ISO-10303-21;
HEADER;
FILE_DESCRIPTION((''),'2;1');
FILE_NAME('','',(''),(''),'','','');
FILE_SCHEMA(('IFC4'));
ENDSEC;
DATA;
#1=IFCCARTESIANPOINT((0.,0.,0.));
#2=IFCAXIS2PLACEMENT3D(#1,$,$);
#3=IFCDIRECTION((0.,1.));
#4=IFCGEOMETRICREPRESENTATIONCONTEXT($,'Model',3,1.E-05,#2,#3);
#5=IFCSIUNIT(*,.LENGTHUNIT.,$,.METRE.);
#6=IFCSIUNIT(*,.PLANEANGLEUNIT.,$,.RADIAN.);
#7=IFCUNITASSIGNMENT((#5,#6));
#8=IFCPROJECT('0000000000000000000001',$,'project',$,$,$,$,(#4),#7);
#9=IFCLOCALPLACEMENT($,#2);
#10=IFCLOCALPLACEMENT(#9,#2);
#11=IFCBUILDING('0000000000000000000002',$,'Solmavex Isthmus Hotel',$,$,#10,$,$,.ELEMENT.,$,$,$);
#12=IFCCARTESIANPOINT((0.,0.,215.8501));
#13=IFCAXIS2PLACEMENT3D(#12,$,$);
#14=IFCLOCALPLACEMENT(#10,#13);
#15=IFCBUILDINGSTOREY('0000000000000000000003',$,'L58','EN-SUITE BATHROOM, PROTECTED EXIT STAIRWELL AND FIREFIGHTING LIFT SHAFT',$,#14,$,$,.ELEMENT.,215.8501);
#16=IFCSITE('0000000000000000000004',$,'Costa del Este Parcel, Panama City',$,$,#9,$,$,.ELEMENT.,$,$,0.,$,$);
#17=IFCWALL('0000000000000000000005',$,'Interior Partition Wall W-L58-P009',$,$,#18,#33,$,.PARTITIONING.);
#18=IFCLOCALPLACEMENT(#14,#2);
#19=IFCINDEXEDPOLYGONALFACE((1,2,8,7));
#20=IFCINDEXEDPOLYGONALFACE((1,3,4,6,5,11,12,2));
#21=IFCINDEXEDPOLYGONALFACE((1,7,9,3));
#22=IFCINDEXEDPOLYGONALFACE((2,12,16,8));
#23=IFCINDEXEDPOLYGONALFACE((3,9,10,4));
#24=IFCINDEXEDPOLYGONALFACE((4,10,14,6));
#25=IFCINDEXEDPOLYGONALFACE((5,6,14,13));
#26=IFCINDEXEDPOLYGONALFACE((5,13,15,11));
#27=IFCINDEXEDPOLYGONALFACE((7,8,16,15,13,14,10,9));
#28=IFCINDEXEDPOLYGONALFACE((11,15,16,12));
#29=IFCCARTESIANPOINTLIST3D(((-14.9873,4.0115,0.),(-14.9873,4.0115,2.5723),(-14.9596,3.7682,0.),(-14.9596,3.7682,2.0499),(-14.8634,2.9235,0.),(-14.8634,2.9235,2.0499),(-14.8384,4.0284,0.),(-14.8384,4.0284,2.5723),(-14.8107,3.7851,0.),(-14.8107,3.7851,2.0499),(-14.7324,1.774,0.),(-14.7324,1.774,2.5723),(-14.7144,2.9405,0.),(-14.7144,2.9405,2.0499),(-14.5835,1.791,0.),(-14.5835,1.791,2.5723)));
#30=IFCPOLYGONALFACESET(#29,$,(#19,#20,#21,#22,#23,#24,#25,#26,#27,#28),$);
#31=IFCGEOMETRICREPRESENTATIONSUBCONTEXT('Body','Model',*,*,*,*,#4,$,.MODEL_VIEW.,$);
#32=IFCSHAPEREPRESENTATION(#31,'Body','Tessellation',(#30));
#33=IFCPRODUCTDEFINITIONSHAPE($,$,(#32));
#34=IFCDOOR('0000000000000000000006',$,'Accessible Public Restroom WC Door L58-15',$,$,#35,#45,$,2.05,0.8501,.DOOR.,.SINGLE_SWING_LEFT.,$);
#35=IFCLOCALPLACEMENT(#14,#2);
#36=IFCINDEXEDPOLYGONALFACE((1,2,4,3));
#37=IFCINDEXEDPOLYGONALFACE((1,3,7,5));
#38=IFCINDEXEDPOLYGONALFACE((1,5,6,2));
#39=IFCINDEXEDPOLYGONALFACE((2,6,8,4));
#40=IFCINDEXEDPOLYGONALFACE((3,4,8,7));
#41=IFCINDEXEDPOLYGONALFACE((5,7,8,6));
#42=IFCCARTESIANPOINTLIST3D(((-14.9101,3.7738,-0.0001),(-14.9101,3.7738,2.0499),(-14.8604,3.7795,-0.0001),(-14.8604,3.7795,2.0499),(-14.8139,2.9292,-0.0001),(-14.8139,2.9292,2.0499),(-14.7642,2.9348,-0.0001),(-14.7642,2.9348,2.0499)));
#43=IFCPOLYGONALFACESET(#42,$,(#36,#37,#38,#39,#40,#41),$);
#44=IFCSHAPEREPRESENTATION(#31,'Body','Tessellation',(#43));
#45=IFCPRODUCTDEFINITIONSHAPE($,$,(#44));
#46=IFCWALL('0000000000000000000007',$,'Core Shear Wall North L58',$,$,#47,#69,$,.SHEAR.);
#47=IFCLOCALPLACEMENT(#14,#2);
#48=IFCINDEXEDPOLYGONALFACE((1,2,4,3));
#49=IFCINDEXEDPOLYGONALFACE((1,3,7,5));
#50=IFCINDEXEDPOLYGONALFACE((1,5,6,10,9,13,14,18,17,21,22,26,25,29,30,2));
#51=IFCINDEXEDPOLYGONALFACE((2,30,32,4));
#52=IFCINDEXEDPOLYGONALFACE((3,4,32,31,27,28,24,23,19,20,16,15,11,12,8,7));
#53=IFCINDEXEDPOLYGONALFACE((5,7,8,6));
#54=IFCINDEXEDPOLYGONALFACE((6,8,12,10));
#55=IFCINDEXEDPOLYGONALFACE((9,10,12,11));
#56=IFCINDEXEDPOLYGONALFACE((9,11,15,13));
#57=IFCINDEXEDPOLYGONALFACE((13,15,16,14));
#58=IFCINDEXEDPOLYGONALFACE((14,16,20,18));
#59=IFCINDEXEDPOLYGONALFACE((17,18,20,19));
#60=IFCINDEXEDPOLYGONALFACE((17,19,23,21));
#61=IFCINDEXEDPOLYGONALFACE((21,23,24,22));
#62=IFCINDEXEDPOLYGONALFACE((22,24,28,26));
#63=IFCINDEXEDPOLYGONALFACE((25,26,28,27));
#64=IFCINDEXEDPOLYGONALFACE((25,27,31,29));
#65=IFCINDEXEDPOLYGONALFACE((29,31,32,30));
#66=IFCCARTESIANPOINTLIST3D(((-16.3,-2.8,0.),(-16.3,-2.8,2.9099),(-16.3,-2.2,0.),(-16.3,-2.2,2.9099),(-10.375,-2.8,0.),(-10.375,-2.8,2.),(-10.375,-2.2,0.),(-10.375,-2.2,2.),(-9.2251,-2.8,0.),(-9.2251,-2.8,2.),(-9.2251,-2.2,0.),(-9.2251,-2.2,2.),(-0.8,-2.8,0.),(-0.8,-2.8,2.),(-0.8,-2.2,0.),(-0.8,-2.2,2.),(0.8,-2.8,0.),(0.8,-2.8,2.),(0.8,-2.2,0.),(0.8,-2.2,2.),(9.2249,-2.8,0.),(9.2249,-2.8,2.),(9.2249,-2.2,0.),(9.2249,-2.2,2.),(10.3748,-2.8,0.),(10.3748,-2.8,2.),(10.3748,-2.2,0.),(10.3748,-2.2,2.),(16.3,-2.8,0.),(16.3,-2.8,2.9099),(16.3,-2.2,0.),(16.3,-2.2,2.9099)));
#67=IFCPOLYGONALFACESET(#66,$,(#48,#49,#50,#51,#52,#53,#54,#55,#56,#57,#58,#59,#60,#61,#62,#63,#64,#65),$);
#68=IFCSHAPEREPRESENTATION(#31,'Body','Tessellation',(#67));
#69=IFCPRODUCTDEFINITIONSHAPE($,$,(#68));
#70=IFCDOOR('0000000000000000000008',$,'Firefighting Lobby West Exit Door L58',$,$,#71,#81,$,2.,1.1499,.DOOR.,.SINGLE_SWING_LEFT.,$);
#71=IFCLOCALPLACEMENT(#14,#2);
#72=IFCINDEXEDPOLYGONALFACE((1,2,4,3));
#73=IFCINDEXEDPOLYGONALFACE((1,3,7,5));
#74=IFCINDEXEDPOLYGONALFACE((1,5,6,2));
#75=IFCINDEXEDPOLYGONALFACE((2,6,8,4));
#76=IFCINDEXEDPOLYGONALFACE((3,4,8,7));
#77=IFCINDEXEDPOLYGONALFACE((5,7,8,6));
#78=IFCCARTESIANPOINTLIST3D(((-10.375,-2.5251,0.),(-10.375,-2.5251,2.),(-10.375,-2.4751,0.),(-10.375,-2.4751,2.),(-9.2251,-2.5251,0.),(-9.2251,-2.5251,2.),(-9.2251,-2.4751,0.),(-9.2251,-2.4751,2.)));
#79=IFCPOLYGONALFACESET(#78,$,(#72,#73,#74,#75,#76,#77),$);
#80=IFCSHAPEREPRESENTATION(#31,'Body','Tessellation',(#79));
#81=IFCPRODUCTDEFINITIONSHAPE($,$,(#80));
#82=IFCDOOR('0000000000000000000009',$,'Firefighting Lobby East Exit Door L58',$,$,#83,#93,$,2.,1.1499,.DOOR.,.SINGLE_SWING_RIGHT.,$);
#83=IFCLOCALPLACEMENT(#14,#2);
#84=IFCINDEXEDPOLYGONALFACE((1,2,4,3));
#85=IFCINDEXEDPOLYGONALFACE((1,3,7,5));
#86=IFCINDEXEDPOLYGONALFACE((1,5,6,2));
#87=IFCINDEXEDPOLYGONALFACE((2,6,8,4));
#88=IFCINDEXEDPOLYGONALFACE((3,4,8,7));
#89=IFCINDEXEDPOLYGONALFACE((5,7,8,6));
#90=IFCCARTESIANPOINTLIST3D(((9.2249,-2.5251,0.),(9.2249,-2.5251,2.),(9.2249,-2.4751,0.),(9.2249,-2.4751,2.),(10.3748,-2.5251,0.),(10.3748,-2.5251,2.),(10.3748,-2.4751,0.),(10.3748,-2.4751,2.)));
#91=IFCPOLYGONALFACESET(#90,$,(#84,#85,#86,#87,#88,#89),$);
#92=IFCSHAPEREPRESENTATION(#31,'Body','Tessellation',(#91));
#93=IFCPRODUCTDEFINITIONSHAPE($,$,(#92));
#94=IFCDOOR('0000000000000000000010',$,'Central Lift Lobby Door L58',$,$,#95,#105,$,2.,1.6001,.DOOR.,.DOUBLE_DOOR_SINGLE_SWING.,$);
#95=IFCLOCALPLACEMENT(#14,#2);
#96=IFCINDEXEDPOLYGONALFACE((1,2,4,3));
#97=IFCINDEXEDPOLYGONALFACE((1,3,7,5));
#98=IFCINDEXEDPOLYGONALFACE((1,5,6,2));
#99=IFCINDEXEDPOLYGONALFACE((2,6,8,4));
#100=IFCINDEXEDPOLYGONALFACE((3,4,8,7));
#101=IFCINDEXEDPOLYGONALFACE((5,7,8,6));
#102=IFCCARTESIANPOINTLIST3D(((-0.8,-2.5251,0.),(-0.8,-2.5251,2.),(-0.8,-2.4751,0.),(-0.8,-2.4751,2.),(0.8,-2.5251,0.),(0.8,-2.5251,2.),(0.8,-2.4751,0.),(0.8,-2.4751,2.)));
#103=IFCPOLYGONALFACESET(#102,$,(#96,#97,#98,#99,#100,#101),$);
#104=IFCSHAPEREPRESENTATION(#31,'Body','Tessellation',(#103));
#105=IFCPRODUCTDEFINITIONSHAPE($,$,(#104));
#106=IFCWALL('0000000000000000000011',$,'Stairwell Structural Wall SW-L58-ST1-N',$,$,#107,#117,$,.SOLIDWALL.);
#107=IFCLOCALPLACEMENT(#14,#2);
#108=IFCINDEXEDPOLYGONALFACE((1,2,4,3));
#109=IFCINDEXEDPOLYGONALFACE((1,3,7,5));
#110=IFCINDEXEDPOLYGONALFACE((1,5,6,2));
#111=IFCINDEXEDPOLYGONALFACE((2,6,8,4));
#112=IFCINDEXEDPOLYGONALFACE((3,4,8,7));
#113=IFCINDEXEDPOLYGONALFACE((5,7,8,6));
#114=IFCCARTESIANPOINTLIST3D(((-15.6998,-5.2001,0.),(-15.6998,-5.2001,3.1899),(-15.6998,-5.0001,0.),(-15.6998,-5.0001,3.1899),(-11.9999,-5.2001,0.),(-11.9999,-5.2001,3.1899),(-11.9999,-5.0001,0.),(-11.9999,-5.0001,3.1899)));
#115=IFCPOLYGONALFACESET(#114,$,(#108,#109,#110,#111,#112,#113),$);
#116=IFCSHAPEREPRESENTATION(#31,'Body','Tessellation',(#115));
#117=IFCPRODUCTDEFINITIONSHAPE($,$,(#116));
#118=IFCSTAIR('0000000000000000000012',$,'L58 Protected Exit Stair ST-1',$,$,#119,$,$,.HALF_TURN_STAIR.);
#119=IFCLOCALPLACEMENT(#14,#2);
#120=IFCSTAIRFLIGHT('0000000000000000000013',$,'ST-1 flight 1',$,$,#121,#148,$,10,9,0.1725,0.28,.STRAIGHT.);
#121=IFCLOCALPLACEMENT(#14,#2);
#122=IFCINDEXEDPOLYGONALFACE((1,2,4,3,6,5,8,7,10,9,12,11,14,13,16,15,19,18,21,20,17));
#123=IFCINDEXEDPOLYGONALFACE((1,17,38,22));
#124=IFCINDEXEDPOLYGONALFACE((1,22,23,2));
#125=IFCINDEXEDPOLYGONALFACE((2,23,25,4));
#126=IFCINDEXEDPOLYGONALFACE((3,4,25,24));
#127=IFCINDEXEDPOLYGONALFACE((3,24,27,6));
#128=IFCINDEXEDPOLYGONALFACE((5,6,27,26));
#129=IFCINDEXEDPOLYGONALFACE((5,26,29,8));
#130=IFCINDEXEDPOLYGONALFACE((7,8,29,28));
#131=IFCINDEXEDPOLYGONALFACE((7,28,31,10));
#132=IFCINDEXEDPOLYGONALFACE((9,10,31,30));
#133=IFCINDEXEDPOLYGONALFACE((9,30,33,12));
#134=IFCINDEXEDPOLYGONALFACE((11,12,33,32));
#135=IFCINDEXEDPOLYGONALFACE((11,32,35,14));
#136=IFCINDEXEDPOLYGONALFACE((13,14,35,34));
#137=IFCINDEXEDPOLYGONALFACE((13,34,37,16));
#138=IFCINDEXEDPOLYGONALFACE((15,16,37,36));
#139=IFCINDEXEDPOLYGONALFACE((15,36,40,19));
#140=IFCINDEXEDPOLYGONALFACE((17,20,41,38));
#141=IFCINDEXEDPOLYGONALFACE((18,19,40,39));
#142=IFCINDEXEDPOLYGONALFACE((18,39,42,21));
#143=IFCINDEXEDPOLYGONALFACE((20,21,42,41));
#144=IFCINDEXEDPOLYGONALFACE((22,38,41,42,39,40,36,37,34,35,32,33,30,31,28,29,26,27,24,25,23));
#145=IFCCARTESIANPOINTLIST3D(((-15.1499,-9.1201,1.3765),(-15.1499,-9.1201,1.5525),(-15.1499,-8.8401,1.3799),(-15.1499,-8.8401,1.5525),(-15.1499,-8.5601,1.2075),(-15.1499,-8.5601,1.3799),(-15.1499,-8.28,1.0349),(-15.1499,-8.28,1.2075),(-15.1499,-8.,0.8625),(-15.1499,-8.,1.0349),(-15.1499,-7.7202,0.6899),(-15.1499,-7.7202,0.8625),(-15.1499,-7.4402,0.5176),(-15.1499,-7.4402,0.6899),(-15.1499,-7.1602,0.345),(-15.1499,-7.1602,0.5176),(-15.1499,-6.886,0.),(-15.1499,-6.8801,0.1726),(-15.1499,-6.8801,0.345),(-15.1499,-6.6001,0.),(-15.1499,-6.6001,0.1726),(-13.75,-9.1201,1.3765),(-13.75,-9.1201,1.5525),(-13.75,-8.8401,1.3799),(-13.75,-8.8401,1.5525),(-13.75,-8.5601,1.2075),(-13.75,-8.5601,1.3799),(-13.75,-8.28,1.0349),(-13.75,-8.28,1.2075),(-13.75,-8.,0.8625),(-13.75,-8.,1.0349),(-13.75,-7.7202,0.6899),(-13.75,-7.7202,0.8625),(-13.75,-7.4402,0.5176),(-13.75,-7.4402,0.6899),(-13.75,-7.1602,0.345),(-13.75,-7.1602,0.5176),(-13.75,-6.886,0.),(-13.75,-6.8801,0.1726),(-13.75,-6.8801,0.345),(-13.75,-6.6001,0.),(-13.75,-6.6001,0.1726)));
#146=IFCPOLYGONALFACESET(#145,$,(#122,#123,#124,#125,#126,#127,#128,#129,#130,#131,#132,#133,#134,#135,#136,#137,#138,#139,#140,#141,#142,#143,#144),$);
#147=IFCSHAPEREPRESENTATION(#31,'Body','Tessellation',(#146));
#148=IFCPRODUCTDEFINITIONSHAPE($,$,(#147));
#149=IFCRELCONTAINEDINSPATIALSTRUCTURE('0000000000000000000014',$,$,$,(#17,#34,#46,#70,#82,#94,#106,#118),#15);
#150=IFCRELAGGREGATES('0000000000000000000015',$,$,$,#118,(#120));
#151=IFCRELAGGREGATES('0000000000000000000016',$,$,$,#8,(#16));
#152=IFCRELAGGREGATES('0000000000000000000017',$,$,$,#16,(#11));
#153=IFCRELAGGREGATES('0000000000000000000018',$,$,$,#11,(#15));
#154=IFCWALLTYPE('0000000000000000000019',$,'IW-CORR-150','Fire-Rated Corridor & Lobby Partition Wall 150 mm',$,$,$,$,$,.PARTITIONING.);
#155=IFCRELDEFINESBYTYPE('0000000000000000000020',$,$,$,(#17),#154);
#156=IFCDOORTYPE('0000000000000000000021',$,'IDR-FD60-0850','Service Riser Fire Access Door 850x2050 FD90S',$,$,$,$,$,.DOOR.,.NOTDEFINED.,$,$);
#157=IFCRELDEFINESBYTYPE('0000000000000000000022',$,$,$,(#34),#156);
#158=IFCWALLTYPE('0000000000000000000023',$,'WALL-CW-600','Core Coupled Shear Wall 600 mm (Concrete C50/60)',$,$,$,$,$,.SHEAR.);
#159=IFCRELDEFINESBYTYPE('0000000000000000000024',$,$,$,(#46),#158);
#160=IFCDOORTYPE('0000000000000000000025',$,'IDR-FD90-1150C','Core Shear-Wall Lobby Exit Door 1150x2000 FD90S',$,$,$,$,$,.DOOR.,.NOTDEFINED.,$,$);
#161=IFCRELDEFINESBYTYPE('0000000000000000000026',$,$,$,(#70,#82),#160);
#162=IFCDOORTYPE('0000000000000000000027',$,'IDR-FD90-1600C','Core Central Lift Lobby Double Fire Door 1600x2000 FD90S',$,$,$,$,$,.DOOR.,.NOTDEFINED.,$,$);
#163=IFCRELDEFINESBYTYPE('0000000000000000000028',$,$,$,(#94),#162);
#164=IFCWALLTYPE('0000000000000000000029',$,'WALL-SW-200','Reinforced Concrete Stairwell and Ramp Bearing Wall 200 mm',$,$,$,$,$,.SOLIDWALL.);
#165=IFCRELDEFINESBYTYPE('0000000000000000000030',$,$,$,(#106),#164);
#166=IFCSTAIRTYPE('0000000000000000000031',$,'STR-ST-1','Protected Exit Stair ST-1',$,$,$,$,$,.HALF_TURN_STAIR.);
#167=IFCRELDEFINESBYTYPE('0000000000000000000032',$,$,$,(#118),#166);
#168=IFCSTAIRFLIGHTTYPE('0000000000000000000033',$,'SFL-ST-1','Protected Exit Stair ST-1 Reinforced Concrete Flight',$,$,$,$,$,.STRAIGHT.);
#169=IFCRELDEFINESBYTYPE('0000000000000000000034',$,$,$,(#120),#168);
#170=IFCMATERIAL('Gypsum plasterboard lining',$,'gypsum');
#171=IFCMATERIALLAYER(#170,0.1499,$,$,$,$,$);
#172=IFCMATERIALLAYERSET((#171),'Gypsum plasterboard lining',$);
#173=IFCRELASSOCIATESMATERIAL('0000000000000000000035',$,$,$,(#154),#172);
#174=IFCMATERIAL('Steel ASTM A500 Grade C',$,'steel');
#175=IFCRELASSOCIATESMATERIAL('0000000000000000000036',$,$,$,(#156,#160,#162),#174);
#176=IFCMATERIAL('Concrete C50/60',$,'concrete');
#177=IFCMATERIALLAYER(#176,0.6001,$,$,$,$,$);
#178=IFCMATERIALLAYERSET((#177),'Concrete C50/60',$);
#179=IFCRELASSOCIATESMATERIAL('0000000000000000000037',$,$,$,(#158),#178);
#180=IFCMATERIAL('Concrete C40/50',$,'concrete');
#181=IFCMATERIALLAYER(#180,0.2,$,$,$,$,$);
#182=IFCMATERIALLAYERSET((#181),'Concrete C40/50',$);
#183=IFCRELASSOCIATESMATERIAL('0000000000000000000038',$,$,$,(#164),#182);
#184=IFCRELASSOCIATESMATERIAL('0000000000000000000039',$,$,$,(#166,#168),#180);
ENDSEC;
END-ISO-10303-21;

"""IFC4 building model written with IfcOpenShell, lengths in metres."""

from ifc_helpers import new_model, si_unit, direction, frame, frame_2d, origin, place, context, subcontext, project, spatial, polyline, rectangle, outline, extrude, material, layer, layer_set, type_object, element, fill, aggregate, save


model = new_model("IFC4")

# Units and contexts
model_context = context("Model", 3, precision=1e-05, world=origin(), true_north=direction((0.0, 1.0)))
body_context = subcontext(model_context, "Body", "Model", "MODEL_VIEW")
ifc_project = project(units=[si_unit("LENGTHUNIT", "METRE"), si_unit("PLANEANGLEUNIT", "RADIAN")], contexts=[model_context])

# Site, building, storey
site_placement = place(None, origin())
site = spatial("IfcSite", under=ifc_project, at=site_placement, Name="Costa del Este Parcel, Panama City", CompositionType="ELEMENT", RefElevation=0.0)
building_placement = place(site_placement, origin())
building = spatial("IfcBuilding", under=site, at=building_placement, Name="Solmavex Isthmus Hotel", CompositionType="ELEMENT")
storey_placement = place(building_placement, frame((0.0, 0.0, 215.8501)))
storey = spatial("IfcBuildingStorey", under=building, at=storey_placement, Name="L58", Description="EN-SUITE BATHROOM, PROTECTED EXIT STAIRWELL AND FIREFIGHTING LIFT SHAFT", CompositionType="ELEMENT", Elevation=215.8501)

# Shared definitions
ifc_material_1 = material(Name="Concrete C50/60", Category="concrete")

# Shared definitions
ifc_material_2 = material(Name="Gypsum plasterboard lining", Category="gypsum")

# Wall, opening, door
ifc_layer_1 = layer(ifc_material_2, 0.1499)
ifc_layer_set_1 = layer_set([ifc_layer_1], Name="Gypsum plasterboard lining")
wall_type_1 = type_object("IfcWallType", Name="IW-CORR-150", Description="Fire-Rated Corridor & Lobby Partition Wall 150 mm", PredefinedType="PARTITIONING", material=ifc_layer_set_1)
wall_1_placement = place(storey_placement, frame((-14.658, 1.7825, 0.0), z_axis=(0.0, 0.0, 1.0), x_axis=(-0.11318, 0.993575, 0.0)))
wall_1 = element("IfcWall", 1, at=wall_1_placement, inside=storey, type_object=wall_type_1, Name="Interior Partition Wall W-L58-P009", PredefinedType="PARTITIONING", context=body_context, shape_type="SweptSolid", body=[
    extrude(rectangle(XDim=2.252, YDim=0.1499, at=frame_2d((1.126, 0.0))), origin(), (0.0, 0.0, 1.0), 2.5723),
])
opening_1_placement = place(wall_1_placement, frame((1.157, 0.0, 0.0)))
opening_1 = element("IfcOpeningElement", 2, at=opening_1_placement, cuts=wall_1, PredefinedType="OPENING", context=body_context, shape_type="SweptSolid", body=[
    extrude(rectangle(XDim=0.8501, YDim=2.05, at=frame_2d((0.425, 1.0249))), frame((0.0, 0.085, 0.0), z_axis=(0.0, -1.0, 0.0), x_axis=(1.0, 0.0, 0.0)), (0.0, 0.0, 1.0), 0.1699),
])
ifc_material_3 = material(Name="Steel ASTM A500 Grade C", Category="steel")
door_type_1 = type_object("IfcDoorType", Name="IDR-FD60-0850", Description="Service Riser Fire Access Door 850x2050 FD90S", OperationType="NOTDEFINED", PredefinedType="DOOR", material=ifc_material_3)
door_1_placement = place(opening_1_placement, frame((0.8501, 0.0, 0.0), z_axis=(0.0, 0.0, 1.0), x_axis=(-1.0, 0.0, 0.0)))
door_1 = element("IfcDoor", 3, at=door_1_placement, inside=storey, type_object=door_type_1, Name="Accessible Public Restroom WC Door L58-15", OperationType="SINGLE_SWING_LEFT", OverallHeight=2.05, OverallWidth=0.8501, PredefinedType="DOOR", context=body_context, shape_type="SweptSolid", body=[
    extrude(rectangle(XDim=0.8501, YDim=2.05, at=frame_2d((0.425, 1.0249))), frame((0.0, 0.0249, 0.0), z_axis=(0.0, -1.0, 0.0), x_axis=(1.0, 0.0, 0.0)), (0.0, 0.0, 1.0), 0.05),
])
fill(opening_1, door_1)

# Wall, openings, doors
ifc_layer_2 = layer(ifc_material_1, 0.6001)
ifc_layer_set_2 = layer_set([ifc_layer_2], Name="Concrete C50/60")
wall_type_2 = type_object("IfcWallType", Name="WALL-CW-600", Description="Core Coupled Shear Wall 600 mm (Concrete C50/60)", PredefinedType="SHEAR", material=ifc_layer_set_2)
wall_2_placement = place(storey_placement, frame((-16.3, -2.5, 0.0), z_axis=(0.0, 0.0, 1.0), x_axis=(1.0, 0.0, 0.0)))
wall_2 = element("IfcWall", 4, at=wall_2_placement, inside=storey, type_object=wall_type_2, Name="Core Shear Wall North L58", PredefinedType="SHEAR", context=body_context, shape_type="SweptSolid", body=[
    extrude(rectangle(XDim=32.6001, YDim=0.6001, at=frame_2d((16.3, 0.0))), origin(), (0.0, 0.0, 1.0), 2.9099),
])
opening_2_placement = place(wall_2_placement, frame((5.925, 0.0, 0.0)))
opening_2 = element("IfcOpeningElement", 5, at=opening_2_placement, cuts=wall_2, PredefinedType="OPENING", context=body_context, shape_type="SweptSolid", body=[
    extrude(rectangle(XDim=1.1499, YDim=2.0, at=frame_2d((0.575, 1.0))), frame((0.0, 0.3101, 0.0), z_axis=(0.0, -1.0, 0.0), x_axis=(1.0, 0.0, 0.0)), (0.0, 0.0, 1.0), 0.6201),
])
opening_3_placement = place(wall_2_placement, frame((15.5, 0.0, 0.0)))
opening_3 = element("IfcOpeningElement", 6, at=opening_3_placement, cuts=wall_2, PredefinedType="OPENING", context=body_context, shape_type="SweptSolid", body=[
    extrude(rectangle(XDim=1.6001, YDim=2.0, at=frame_2d((0.8, 1.0))), frame((0.0, 0.3101, 0.0), z_axis=(0.0, -1.0, 0.0), x_axis=(1.0, 0.0, 0.0)), (0.0, 0.0, 1.0), 0.6201),
])
opening_4_placement = place(wall_2_placement, frame((25.5249, 0.0, 0.0)))
opening_4 = element("IfcOpeningElement", 7, at=opening_4_placement, cuts=wall_2, PredefinedType="OPENING", context=body_context, shape_type="SweptSolid", body=[
    extrude(rectangle(XDim=1.1499, YDim=2.0, at=frame_2d((0.575, 1.0))), frame((0.0, 0.3101, 0.0), z_axis=(0.0, -1.0, 0.0), x_axis=(1.0, 0.0, 0.0)), (0.0, 0.0, 1.0), 0.6201),
])
door_type_2 = type_object("IfcDoorType", Name="IDR-FD90-1150C", Description="Core Shear-Wall Lobby Exit Door 1150x2000 FD90S", OperationType="NOTDEFINED", PredefinedType="DOOR", material=ifc_material_3)
door_2_placement = place(opening_2_placement, origin())
door_2 = element("IfcDoor", 8, at=door_2_placement, inside=storey, type_object=door_type_2, Name="Firefighting Lobby West Exit Door L58", OperationType="SINGLE_SWING_LEFT", OverallHeight=2.0, OverallWidth=1.1499, PredefinedType="DOOR", context=body_context, shape_type="SweptSolid", body=[
    extrude(rectangle(XDim=1.1499, YDim=2.0, at=frame_2d((0.575, 1.0))), frame((0.0, 0.0249, 0.0), z_axis=(0.0, -1.0, 0.0), x_axis=(1.0, 0.0, 0.0)), (0.0, 0.0, 1.0), 0.05),
])
fill(opening_2, door_2)
door_3_placement = place(opening_4_placement, origin())
door_3 = element("IfcDoor", 9, at=door_3_placement, inside=storey, type_object=door_type_2, Name="Firefighting Lobby East Exit Door L58", OperationType="SINGLE_SWING_RIGHT", OverallHeight=2.0, OverallWidth=1.1499, PredefinedType="DOOR", context=body_context, shape_type="SweptSolid", body=[
    extrude(rectangle(XDim=1.1499, YDim=2.0, at=frame_2d((0.575, 1.0))), frame((0.0, 0.0249, 0.0), z_axis=(0.0, -1.0, 0.0), x_axis=(1.0, 0.0, 0.0)), (0.0, 0.0, 1.0), 0.05),
])
fill(opening_4, door_3)
door_type_3 = type_object("IfcDoorType", Name="IDR-FD90-1600C", Description="Core Central Lift Lobby Double Fire Door 1600x2000 FD90S", OperationType="NOTDEFINED", PredefinedType="DOOR", material=ifc_material_3)
door_4_placement = place(opening_3_placement, origin())
door_4 = element("IfcDoor", 10, at=door_4_placement, inside=storey, type_object=door_type_3, Name="Central Lift Lobby Door L58", OperationType="DOUBLE_DOOR_SINGLE_SWING", OverallHeight=2.0, OverallWidth=1.6001, PredefinedType="DOOR", context=body_context, shape_type="SweptSolid", body=[
    extrude(rectangle(XDim=1.6001, YDim=2.0, at=frame_2d((0.8, 1.0))), frame((0.0, 0.0249, 0.0), z_axis=(0.0, -1.0, 0.0), x_axis=(1.0, 0.0, 0.0)), (0.0, 0.0, 1.0), 0.05),
])
fill(opening_3, door_4)

# Wall
ifc_material_4 = material(Name="Concrete C40/50", Category="concrete")
ifc_layer_3 = layer(ifc_material_4, 0.2)
ifc_layer_set_3 = layer_set([ifc_layer_3], Name="Concrete C40/50")
wall_type_3 = type_object("IfcWallType", Name="WALL-SW-200", Description="Reinforced Concrete Stairwell and Ramp Bearing Wall 200 mm", PredefinedType="SOLIDWALL", material=ifc_layer_set_3)
wall_3_placement = place(storey_placement, frame((-15.7, -5.1001, 0.0), z_axis=(0.0, 0.0, 1.0), x_axis=(1.0, 0.0, 0.0)))
element("IfcWall", 11, at=wall_3_placement, inside=storey, type_object=wall_type_3, Name="Stairwell Structural Wall SW-L58-ST1-N", PredefinedType="SOLIDWALL", context=body_context, shape_type="SweptSolid", body=[
    extrude(rectangle(XDim=3.7, YDim=0.2, at=frame_2d((1.8501, 0.0))), origin(), (0.0, 0.0, 1.0), 3.1899),
])

# Stair, stair flight
stair_type = type_object("IfcStairType", Name="STR-ST-1", Description="Protected Exit Stair ST-1", PredefinedType="HALF_TURN_STAIR", material=ifc_material_4)
stair_placement = place(storey_placement, origin())
stair = element("IfcStair", 12, at=stair_placement, inside=storey, type_object=stair_type, Name="L58 Protected Exit Stair ST-1", PredefinedType="HALF_TURN_STAIR")
stair_flight_type = type_object("IfcStairFlightType", Name="SFL-ST-1", Description="Protected Exit Stair ST-1 Reinforced Concrete Flight", PredefinedType="STRAIGHT", material=ifc_material_4)
stair_flight_placement = place(storey_placement, frame((-14.45, -6.6001, 0.0), z_axis=(0.0, 0.0, 1.0), x_axis=(0.0, -1.0, 0.0)))
stair_flight = element("IfcStairFlight", 13, at=stair_flight_placement, type_object=stair_flight_type, Name="ST-1 flight 1", NumberOfRisers=10, NumberOfTreads=9, PredefinedType="STRAIGHT", RiserHeight=0.1725, TreadLength=0.28, context=body_context, shape_type="SweptSolid", body=[
    extrude(outline(polyline([(0.0, 0.0), (0.0, 0.1726), (0.28, 0.1726), (0.28, 0.345), (0.5601, 0.345), (0.5601, 0.5176), (0.8401, 0.5176), (0.8401, 0.6899), (1.1201, 0.6899), (1.1201, 0.8625), (1.3999, 0.8625), (1.3999, 1.0349), (1.6799, 1.0349), (1.6799, 1.2075), (1.96, 1.2075), (1.96, 1.3799), (2.24, 1.3799), (2.24, 1.5525), (2.52, 1.5525), (2.52, 1.7251), (2.52, 1.3765), (0.2859, 0.0), (0.0, 0.0)])), frame((0.0, 0.7, 0.0), z_axis=(0.0, -1.0, 0.0), x_axis=(1.0, 0.0, 0.0)), (0.0, 0.0, 1.0), 1.3999),
])
aggregate(stair, [stair_flight])

save(model, "model.ifc")
